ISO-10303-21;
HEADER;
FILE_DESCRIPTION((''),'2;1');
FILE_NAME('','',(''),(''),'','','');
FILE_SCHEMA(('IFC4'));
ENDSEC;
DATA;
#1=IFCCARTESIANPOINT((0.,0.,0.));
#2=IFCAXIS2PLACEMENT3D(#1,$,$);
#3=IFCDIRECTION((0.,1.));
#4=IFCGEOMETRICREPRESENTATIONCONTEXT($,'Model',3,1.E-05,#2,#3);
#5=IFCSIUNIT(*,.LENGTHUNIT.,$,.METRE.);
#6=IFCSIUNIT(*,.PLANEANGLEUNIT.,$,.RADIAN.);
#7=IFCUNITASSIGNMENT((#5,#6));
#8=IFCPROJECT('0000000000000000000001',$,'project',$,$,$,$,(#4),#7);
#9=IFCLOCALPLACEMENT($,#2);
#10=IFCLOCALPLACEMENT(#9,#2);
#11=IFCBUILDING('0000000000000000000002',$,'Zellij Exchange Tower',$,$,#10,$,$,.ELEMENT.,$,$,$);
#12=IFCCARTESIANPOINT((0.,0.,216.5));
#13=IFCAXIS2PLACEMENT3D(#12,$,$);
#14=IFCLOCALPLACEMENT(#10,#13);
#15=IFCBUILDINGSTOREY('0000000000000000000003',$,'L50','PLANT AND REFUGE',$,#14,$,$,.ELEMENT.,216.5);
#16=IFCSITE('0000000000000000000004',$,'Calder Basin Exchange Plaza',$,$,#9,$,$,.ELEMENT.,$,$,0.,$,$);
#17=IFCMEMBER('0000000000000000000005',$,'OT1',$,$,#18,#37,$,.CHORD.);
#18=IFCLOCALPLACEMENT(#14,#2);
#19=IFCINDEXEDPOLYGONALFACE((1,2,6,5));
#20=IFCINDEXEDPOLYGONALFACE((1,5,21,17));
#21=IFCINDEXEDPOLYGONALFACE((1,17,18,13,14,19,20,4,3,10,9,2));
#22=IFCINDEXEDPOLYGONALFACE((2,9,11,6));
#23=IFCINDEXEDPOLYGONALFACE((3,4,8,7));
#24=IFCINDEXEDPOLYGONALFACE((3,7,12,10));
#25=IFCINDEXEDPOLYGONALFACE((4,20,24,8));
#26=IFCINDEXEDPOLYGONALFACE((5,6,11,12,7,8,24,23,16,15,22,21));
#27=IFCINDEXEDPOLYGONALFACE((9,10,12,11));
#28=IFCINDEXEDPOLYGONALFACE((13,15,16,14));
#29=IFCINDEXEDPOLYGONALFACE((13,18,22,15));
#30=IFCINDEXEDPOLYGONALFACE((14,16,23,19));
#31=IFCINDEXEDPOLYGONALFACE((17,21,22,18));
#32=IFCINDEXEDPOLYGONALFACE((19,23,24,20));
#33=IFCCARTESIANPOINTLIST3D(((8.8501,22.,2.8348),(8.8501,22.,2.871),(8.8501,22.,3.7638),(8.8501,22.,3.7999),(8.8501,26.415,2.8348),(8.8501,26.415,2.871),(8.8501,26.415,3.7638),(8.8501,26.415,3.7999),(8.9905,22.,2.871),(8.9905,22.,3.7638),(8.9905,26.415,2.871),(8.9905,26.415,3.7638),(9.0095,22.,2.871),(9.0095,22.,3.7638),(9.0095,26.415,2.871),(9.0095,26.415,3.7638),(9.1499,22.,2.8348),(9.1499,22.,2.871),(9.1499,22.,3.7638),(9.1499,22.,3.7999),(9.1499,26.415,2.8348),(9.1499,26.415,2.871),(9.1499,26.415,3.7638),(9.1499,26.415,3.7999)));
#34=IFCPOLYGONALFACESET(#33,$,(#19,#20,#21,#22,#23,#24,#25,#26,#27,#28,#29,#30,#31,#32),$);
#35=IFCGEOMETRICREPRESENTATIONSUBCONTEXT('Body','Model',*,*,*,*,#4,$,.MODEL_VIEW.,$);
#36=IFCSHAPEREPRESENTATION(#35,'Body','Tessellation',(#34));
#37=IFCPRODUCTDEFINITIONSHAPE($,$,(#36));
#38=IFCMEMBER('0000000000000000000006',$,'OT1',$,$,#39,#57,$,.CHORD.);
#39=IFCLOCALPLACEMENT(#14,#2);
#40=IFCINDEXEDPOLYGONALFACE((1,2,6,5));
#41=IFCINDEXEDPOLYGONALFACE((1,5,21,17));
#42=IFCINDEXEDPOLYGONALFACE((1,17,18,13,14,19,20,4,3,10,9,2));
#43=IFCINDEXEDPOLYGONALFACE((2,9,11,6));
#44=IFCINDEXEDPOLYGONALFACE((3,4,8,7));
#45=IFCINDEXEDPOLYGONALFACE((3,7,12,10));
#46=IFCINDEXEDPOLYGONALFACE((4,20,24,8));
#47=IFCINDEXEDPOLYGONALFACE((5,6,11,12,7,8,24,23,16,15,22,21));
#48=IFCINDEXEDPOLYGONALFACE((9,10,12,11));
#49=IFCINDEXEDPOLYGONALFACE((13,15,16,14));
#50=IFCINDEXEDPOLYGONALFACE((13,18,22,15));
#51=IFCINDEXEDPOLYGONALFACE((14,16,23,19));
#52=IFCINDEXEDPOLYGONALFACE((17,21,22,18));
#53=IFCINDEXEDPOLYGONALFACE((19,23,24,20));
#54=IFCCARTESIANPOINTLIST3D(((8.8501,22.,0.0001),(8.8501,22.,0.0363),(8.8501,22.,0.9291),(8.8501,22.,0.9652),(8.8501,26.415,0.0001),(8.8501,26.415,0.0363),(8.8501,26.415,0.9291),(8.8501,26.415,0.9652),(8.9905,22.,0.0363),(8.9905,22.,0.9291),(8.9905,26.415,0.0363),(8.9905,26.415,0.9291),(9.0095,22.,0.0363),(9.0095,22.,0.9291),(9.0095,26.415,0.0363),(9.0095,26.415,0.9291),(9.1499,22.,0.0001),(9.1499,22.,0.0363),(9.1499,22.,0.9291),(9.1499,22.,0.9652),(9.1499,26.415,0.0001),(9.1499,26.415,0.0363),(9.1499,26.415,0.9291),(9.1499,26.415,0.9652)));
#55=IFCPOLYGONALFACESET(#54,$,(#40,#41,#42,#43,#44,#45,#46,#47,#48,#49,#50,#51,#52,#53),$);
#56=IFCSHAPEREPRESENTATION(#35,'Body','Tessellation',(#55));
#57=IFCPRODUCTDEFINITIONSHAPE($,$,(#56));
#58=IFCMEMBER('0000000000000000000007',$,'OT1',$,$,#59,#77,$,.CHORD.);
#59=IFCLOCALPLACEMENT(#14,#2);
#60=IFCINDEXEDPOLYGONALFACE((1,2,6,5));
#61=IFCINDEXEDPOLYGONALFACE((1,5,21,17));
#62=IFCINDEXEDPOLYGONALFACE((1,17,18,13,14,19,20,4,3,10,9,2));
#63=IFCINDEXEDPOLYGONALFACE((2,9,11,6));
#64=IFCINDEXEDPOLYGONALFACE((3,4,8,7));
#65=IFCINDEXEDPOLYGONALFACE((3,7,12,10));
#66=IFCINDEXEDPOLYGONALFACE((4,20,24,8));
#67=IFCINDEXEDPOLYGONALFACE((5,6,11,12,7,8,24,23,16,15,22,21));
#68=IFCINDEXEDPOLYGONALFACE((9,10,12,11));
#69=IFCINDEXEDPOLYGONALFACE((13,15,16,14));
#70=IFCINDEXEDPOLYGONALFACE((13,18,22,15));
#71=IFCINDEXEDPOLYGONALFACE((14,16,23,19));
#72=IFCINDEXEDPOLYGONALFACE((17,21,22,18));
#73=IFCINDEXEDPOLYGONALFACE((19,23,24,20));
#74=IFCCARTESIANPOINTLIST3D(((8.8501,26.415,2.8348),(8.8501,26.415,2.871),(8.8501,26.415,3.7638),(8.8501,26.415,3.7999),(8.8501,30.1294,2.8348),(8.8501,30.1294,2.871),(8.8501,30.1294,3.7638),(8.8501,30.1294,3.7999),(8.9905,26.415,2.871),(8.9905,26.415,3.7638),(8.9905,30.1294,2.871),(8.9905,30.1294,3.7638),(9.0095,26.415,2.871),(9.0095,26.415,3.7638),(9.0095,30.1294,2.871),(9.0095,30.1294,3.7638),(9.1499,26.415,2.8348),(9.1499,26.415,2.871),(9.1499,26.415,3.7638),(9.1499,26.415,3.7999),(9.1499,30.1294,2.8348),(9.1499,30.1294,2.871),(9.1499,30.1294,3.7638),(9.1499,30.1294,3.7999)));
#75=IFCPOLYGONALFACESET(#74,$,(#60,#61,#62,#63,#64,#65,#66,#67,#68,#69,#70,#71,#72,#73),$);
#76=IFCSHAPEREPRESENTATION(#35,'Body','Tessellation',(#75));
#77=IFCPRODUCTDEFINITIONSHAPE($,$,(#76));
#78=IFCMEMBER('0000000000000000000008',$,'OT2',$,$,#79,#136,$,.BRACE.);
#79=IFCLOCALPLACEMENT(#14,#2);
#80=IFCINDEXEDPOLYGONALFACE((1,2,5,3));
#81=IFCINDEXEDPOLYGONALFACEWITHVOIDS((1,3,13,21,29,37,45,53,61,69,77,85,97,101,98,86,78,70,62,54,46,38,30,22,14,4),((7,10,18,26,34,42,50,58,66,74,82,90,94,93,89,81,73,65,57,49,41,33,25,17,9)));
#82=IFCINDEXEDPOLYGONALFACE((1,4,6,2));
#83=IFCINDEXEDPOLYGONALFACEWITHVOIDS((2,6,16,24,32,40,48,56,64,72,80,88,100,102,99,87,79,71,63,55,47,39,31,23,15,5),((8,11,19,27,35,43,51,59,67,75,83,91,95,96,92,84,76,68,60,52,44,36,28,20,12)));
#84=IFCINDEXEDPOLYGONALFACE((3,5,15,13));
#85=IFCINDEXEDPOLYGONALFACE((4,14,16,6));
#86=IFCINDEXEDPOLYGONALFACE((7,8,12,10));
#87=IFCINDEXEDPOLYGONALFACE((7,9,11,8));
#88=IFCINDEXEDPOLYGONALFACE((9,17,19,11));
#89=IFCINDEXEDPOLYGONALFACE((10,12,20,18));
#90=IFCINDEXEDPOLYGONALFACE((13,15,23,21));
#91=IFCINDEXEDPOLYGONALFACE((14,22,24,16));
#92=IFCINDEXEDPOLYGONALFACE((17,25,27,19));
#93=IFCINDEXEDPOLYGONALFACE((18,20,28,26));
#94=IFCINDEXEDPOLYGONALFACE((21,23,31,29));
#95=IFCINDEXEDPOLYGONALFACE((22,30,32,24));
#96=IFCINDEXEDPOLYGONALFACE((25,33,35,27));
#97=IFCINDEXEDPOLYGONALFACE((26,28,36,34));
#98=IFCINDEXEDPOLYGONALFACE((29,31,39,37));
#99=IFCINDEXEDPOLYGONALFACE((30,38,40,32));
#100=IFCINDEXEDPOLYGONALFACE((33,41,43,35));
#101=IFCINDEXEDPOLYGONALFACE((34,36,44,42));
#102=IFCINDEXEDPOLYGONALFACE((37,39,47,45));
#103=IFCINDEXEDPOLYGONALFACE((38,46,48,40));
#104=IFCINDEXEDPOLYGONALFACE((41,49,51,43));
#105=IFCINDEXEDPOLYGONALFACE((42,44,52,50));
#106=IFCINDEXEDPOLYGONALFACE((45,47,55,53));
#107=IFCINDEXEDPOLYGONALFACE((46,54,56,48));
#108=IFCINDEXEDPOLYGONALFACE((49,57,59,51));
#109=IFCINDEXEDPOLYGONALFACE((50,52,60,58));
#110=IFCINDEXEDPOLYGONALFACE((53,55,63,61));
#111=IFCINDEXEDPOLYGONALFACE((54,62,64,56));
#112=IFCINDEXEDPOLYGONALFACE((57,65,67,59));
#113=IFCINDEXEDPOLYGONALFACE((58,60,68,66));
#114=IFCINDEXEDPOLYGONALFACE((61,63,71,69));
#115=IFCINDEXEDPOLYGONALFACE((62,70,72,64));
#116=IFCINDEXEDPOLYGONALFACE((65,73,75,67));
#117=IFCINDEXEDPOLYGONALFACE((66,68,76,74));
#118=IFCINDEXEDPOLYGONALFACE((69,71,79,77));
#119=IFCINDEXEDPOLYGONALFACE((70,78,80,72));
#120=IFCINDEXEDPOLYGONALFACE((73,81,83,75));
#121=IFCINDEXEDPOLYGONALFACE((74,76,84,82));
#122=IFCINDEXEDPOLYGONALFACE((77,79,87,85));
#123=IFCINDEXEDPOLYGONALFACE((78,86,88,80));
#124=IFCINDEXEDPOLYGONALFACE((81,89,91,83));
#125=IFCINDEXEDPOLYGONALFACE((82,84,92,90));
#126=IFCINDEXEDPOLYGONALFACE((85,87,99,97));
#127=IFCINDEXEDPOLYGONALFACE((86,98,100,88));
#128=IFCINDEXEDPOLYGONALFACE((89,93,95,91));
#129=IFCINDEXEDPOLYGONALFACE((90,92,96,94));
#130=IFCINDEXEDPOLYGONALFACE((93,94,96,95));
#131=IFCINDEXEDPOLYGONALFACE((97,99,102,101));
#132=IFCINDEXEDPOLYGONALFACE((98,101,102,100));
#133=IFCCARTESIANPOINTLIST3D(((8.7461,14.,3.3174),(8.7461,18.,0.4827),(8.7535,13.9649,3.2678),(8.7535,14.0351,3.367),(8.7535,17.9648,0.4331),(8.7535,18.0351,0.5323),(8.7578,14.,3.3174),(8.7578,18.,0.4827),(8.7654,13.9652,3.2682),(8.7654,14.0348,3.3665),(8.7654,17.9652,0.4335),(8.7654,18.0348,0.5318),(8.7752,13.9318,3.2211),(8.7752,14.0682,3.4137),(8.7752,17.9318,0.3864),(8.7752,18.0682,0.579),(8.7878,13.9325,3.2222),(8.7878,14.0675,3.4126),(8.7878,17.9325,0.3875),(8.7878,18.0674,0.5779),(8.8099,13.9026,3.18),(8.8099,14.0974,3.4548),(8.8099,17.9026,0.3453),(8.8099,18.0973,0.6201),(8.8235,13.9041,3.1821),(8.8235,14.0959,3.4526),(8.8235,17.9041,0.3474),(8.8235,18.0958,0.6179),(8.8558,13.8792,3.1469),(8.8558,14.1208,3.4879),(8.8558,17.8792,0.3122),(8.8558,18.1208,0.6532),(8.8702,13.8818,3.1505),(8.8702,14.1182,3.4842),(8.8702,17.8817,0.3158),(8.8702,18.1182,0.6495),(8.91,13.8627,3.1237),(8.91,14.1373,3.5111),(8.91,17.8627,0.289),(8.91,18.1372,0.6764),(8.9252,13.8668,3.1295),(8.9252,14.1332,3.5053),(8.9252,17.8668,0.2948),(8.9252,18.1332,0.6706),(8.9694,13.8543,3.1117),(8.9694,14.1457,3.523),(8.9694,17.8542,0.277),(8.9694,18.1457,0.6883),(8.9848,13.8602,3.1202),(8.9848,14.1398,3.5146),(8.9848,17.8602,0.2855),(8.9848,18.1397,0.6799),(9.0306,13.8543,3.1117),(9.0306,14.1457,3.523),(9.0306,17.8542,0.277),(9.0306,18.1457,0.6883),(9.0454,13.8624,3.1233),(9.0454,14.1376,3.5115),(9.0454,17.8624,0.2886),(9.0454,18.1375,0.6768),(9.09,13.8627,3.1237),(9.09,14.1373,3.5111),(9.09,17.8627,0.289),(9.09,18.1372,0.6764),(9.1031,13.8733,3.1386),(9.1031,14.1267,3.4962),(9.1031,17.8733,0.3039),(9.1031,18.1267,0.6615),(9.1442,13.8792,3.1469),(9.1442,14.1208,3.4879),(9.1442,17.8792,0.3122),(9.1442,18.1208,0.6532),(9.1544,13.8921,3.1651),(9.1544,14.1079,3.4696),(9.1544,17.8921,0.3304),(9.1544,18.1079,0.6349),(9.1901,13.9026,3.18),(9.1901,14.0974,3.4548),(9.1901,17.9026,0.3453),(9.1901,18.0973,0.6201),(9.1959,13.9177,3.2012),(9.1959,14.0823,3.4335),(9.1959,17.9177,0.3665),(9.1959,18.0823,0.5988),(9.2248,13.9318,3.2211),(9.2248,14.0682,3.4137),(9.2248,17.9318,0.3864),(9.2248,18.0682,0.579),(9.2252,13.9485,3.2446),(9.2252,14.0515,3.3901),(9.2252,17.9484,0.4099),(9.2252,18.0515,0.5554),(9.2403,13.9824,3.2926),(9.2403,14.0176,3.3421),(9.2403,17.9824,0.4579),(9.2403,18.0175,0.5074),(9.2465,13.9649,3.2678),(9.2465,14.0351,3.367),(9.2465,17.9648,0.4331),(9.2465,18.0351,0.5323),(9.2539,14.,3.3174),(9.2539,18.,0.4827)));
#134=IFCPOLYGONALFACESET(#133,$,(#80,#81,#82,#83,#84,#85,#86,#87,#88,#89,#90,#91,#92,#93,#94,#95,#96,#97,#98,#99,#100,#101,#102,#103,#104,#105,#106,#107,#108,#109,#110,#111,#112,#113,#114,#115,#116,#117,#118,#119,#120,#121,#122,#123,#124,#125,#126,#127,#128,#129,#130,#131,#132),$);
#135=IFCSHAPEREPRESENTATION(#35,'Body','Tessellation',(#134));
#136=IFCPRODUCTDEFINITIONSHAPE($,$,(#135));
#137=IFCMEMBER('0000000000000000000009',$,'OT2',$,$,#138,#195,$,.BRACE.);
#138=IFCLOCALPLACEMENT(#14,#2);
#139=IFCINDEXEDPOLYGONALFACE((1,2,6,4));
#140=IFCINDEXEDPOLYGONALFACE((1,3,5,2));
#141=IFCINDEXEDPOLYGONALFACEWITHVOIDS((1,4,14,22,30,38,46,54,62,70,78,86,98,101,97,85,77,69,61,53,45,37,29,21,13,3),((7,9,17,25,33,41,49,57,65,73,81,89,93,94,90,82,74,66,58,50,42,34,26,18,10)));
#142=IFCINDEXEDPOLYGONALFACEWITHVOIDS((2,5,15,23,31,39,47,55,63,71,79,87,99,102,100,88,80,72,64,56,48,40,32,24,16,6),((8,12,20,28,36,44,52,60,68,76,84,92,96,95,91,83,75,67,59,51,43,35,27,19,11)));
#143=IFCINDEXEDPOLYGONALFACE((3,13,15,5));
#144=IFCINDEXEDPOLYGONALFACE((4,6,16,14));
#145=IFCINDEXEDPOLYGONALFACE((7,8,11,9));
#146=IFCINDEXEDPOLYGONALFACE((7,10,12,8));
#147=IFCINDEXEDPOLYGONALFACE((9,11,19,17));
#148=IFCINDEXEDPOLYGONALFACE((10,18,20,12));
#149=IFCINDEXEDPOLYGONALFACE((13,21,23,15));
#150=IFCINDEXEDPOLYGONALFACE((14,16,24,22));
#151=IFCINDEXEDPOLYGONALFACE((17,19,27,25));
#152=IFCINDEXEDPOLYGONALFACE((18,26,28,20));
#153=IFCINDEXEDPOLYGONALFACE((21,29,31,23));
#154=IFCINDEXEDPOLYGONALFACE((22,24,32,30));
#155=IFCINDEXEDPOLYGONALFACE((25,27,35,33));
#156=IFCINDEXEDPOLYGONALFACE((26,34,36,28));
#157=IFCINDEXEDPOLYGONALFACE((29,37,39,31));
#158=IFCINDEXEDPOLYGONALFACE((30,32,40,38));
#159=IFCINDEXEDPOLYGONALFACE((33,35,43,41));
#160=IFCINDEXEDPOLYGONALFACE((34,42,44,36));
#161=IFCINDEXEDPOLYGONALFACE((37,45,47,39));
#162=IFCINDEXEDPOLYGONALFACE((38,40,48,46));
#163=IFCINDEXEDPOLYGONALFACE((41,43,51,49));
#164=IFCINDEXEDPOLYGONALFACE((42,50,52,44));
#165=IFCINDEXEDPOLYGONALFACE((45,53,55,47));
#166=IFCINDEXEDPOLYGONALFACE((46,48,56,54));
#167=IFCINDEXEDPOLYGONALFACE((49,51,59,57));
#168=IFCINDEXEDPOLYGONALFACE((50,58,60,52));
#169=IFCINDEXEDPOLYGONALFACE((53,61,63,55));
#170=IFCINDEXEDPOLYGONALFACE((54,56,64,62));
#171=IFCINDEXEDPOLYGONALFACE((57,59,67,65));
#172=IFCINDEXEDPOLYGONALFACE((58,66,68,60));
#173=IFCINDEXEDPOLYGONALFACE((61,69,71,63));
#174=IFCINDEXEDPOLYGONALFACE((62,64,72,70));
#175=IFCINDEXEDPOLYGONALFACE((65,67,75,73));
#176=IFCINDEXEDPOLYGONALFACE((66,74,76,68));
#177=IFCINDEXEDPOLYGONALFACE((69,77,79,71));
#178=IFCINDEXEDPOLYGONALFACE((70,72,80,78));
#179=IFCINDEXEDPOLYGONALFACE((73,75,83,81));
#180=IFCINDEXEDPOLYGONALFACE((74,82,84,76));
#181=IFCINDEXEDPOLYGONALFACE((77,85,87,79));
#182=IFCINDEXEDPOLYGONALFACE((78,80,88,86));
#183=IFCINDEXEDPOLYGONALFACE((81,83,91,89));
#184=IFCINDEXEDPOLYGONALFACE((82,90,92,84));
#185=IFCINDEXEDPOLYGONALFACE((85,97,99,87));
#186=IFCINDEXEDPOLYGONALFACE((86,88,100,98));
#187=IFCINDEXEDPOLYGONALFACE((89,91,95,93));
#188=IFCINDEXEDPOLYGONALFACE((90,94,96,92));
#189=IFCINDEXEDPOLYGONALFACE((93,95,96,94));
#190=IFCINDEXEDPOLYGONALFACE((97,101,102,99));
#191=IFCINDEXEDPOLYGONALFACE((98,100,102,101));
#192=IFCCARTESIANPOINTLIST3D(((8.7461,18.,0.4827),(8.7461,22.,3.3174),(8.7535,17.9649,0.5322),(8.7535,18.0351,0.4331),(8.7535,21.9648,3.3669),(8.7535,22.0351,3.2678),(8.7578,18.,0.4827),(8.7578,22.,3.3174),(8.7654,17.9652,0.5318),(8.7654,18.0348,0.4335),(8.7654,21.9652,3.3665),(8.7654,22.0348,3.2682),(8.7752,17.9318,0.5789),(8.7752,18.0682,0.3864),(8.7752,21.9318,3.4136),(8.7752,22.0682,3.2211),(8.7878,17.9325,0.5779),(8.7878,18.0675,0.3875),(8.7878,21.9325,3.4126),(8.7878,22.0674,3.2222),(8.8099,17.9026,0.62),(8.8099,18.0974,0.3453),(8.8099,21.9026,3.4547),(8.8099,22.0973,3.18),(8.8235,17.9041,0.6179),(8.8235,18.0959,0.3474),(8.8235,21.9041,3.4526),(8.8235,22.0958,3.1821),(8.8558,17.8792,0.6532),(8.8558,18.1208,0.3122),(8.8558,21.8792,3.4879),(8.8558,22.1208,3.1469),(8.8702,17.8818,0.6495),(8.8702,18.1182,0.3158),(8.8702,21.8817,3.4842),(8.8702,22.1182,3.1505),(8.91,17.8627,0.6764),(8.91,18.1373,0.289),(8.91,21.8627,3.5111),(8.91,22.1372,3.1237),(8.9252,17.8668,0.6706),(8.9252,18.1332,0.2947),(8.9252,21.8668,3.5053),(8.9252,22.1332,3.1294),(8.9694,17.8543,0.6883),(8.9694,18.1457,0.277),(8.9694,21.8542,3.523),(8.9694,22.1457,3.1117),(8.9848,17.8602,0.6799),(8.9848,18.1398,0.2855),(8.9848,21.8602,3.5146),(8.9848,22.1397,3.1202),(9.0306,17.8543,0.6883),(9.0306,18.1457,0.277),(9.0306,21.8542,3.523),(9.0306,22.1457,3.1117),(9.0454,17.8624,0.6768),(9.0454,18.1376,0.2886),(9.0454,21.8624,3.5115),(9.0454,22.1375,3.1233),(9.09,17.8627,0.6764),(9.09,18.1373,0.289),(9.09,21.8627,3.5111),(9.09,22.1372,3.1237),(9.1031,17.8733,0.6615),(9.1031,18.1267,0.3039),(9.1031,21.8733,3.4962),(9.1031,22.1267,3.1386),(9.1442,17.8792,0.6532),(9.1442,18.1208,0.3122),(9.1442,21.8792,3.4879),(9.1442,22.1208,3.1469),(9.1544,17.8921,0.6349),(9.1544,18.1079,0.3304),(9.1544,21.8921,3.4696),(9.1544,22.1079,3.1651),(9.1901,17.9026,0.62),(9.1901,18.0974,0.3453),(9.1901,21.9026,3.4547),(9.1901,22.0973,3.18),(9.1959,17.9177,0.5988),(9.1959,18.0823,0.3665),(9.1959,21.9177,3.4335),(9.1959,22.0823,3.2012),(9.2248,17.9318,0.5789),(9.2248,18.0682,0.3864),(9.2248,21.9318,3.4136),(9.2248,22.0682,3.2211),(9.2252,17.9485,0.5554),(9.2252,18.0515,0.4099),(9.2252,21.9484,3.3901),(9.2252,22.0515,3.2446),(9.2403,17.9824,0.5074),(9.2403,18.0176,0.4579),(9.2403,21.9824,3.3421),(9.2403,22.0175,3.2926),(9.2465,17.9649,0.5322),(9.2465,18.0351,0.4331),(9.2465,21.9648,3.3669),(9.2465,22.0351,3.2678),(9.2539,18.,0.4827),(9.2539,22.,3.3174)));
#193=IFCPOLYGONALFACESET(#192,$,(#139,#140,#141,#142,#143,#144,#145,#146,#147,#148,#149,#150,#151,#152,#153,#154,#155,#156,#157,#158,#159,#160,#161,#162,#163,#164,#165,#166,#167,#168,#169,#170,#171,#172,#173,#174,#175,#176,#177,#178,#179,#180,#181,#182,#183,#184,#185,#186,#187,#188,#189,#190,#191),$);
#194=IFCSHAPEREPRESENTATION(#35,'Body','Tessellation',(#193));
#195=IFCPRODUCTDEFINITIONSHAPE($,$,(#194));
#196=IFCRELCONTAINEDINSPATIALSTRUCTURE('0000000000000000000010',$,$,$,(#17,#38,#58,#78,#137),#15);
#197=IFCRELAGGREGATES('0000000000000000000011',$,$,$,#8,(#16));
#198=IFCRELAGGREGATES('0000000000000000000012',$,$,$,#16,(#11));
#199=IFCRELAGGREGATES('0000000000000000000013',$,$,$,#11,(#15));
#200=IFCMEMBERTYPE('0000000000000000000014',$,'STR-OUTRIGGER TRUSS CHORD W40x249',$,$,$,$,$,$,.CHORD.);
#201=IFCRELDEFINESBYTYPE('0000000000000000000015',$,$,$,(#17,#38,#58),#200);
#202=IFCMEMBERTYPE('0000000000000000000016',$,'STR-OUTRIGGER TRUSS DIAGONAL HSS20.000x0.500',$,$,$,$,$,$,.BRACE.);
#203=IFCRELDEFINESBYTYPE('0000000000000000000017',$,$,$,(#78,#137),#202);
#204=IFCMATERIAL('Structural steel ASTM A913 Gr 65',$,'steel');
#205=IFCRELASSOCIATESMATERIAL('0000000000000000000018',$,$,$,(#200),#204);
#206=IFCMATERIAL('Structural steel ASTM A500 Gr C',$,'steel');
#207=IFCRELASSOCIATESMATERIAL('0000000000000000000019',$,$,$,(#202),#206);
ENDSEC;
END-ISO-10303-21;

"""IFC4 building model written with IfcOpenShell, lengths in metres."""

from ifc_helpers import new_model, si_unit, direction, frame, origin, origin_2d, place, context, subcontext, project, spatial, hollow_circle, i_section, extrude, material, material_profile, profile_set, type_object, element, save


model = new_model("IFC4")

# Units and contexts
model_context = context("Model", 3, precision=1e-05, world=origin(), true_north=direction((0.0, 1.0)))
body_context = subcontext(model_context, "Body", "Model", "MODEL_VIEW")
ifc_project = project(units=[si_unit("LENGTHUNIT", "METRE"), si_unit("PLANEANGLEUNIT", "RADIAN")], contexts=[model_context])

# Site, building, storey
site_placement = place(None, origin())
site = spatial("IfcSite", under=ifc_project, at=site_placement, Name="Calder Basin Exchange Plaza", CompositionType="ELEMENT", RefElevation=0.0)
building_placement = place(site_placement, origin())
building = spatial("IfcBuilding", under=site, at=building_placement, Name="Zellij Exchange Tower", CompositionType="ELEMENT")
storey_placement = place(building_placement, frame((0.0, 0.0, 216.5)))
storey = spatial("IfcBuildingStorey", under=building, at=storey_placement, Name="L50", Description="PLANT AND REFUGE", CompositionType="ELEMENT", Elevation=216.5)

# Shared definitions
ifc_material_1 = material(Name="Structural steel ASTM A913 Gr 65", Category="steel")

# Members
ifc_material_profile_1 = material_profile(ifc_material_1, i_section(OverallWidth=0.2998, OverallDepth=0.9651, WebThickness=0.019, FlangeThickness=0.0361, at=origin_2d()), Name="W40x249")
ifc_profile_set_1 = profile_set([ifc_material_profile_1], Name="Structural steel ASTM A913 Gr 65")
member_type_1 = type_object("IfcMemberType", Name="STR-OUTRIGGER TRUSS CHORD W40x249", PredefinedType="CHORD", material=ifc_profile_set_1)
for number, where, z_axis, x_axis, name in (
    (1, (9.0, 22.0, 3.3174), (0.0, 1.0, 0.0), (-1.0, 0.0, 0.0), "OT1"),
    (2, (9.0, 22.0, 0.4827), (0.0, 1.0, 0.0), (-1.0, 0.0, 0.0), "OT1"),
):
    element("IfcMember", number, at=place(storey_placement, frame(where, z_axis=z_axis, x_axis=x_axis)), inside=storey, type_object=member_type_1, Name=name, PredefinedType="CHORD", context=body_context, shape_type="SweptSolid", body=[
        extrude(i_section(OverallWidth=0.2998, OverallDepth=0.9651, WebThickness=0.019, FlangeThickness=0.0361, at=origin_2d()), origin(), (0.0, 0.0, 1.0), 4.415),
    ])
member_1_placement = place(storey_placement, frame((9.0, 26.415, 3.3174), z_axis=(0.0, 1.0, 0.0), x_axis=(-1.0, 0.0, 0.0)))
element("IfcMember", 3, at=member_1_placement, inside=storey, type_object=member_type_1, Name="OT1", PredefinedType="CHORD", context=body_context, shape_type="SweptSolid", body=[
    extrude(i_section(OverallWidth=0.2998, OverallDepth=0.9651, WebThickness=0.019, FlangeThickness=0.0361, at=origin_2d()), origin(), (0.0, 0.0, 1.0), 3.7144),
])
ifc_material_2 = material(Name="Structural steel ASTM A500 Gr C", Category="steel")
ifc_material_profile_2 = material_profile(ifc_material_2, hollow_circle(Radius=0.2539, WallThickness=0.0117, at=origin_2d()), Name="STR-OUTRIGGER TRUSS DIAGONAL HSS20.000x0.500")
ifc_profile_set_2 = profile_set([ifc_material_profile_2], Name="Structural steel ASTM A500 Gr C")
member_type_2 = type_object("IfcMemberType", Name="STR-OUTRIGGER TRUSS DIAGONAL HSS20.000x0.500", PredefinedType="BRACE", material=ifc_profile_set_2)
for number, where, z_axis, x_axis, name in (
    (4, (9.0, 14.0, 3.3174), (0.0, 0.815891, -0.578205), (-1.0, 0.0, 0.0), "OT2"),
    (5, (9.0, 18.0, 0.4827), (0.0, 0.815891, 0.578205), (-1.0, 0.0, 0.0), "OT2"),
):
    element("IfcMember", number, at=place(storey_placement, frame(where, z_axis=z_axis, x_axis=x_axis)), inside=storey, type_object=member_type_2, Name=name, PredefinedType="BRACE", context=body_context, shape_type="SweptSolid", body=[
        extrude(hollow_circle(Radius=0.2539, WallThickness=0.0117, at=origin_2d()), origin(), (0.0, 0.0, 1.0), 4.9026),
    ])

save(model, "model.ifc")
